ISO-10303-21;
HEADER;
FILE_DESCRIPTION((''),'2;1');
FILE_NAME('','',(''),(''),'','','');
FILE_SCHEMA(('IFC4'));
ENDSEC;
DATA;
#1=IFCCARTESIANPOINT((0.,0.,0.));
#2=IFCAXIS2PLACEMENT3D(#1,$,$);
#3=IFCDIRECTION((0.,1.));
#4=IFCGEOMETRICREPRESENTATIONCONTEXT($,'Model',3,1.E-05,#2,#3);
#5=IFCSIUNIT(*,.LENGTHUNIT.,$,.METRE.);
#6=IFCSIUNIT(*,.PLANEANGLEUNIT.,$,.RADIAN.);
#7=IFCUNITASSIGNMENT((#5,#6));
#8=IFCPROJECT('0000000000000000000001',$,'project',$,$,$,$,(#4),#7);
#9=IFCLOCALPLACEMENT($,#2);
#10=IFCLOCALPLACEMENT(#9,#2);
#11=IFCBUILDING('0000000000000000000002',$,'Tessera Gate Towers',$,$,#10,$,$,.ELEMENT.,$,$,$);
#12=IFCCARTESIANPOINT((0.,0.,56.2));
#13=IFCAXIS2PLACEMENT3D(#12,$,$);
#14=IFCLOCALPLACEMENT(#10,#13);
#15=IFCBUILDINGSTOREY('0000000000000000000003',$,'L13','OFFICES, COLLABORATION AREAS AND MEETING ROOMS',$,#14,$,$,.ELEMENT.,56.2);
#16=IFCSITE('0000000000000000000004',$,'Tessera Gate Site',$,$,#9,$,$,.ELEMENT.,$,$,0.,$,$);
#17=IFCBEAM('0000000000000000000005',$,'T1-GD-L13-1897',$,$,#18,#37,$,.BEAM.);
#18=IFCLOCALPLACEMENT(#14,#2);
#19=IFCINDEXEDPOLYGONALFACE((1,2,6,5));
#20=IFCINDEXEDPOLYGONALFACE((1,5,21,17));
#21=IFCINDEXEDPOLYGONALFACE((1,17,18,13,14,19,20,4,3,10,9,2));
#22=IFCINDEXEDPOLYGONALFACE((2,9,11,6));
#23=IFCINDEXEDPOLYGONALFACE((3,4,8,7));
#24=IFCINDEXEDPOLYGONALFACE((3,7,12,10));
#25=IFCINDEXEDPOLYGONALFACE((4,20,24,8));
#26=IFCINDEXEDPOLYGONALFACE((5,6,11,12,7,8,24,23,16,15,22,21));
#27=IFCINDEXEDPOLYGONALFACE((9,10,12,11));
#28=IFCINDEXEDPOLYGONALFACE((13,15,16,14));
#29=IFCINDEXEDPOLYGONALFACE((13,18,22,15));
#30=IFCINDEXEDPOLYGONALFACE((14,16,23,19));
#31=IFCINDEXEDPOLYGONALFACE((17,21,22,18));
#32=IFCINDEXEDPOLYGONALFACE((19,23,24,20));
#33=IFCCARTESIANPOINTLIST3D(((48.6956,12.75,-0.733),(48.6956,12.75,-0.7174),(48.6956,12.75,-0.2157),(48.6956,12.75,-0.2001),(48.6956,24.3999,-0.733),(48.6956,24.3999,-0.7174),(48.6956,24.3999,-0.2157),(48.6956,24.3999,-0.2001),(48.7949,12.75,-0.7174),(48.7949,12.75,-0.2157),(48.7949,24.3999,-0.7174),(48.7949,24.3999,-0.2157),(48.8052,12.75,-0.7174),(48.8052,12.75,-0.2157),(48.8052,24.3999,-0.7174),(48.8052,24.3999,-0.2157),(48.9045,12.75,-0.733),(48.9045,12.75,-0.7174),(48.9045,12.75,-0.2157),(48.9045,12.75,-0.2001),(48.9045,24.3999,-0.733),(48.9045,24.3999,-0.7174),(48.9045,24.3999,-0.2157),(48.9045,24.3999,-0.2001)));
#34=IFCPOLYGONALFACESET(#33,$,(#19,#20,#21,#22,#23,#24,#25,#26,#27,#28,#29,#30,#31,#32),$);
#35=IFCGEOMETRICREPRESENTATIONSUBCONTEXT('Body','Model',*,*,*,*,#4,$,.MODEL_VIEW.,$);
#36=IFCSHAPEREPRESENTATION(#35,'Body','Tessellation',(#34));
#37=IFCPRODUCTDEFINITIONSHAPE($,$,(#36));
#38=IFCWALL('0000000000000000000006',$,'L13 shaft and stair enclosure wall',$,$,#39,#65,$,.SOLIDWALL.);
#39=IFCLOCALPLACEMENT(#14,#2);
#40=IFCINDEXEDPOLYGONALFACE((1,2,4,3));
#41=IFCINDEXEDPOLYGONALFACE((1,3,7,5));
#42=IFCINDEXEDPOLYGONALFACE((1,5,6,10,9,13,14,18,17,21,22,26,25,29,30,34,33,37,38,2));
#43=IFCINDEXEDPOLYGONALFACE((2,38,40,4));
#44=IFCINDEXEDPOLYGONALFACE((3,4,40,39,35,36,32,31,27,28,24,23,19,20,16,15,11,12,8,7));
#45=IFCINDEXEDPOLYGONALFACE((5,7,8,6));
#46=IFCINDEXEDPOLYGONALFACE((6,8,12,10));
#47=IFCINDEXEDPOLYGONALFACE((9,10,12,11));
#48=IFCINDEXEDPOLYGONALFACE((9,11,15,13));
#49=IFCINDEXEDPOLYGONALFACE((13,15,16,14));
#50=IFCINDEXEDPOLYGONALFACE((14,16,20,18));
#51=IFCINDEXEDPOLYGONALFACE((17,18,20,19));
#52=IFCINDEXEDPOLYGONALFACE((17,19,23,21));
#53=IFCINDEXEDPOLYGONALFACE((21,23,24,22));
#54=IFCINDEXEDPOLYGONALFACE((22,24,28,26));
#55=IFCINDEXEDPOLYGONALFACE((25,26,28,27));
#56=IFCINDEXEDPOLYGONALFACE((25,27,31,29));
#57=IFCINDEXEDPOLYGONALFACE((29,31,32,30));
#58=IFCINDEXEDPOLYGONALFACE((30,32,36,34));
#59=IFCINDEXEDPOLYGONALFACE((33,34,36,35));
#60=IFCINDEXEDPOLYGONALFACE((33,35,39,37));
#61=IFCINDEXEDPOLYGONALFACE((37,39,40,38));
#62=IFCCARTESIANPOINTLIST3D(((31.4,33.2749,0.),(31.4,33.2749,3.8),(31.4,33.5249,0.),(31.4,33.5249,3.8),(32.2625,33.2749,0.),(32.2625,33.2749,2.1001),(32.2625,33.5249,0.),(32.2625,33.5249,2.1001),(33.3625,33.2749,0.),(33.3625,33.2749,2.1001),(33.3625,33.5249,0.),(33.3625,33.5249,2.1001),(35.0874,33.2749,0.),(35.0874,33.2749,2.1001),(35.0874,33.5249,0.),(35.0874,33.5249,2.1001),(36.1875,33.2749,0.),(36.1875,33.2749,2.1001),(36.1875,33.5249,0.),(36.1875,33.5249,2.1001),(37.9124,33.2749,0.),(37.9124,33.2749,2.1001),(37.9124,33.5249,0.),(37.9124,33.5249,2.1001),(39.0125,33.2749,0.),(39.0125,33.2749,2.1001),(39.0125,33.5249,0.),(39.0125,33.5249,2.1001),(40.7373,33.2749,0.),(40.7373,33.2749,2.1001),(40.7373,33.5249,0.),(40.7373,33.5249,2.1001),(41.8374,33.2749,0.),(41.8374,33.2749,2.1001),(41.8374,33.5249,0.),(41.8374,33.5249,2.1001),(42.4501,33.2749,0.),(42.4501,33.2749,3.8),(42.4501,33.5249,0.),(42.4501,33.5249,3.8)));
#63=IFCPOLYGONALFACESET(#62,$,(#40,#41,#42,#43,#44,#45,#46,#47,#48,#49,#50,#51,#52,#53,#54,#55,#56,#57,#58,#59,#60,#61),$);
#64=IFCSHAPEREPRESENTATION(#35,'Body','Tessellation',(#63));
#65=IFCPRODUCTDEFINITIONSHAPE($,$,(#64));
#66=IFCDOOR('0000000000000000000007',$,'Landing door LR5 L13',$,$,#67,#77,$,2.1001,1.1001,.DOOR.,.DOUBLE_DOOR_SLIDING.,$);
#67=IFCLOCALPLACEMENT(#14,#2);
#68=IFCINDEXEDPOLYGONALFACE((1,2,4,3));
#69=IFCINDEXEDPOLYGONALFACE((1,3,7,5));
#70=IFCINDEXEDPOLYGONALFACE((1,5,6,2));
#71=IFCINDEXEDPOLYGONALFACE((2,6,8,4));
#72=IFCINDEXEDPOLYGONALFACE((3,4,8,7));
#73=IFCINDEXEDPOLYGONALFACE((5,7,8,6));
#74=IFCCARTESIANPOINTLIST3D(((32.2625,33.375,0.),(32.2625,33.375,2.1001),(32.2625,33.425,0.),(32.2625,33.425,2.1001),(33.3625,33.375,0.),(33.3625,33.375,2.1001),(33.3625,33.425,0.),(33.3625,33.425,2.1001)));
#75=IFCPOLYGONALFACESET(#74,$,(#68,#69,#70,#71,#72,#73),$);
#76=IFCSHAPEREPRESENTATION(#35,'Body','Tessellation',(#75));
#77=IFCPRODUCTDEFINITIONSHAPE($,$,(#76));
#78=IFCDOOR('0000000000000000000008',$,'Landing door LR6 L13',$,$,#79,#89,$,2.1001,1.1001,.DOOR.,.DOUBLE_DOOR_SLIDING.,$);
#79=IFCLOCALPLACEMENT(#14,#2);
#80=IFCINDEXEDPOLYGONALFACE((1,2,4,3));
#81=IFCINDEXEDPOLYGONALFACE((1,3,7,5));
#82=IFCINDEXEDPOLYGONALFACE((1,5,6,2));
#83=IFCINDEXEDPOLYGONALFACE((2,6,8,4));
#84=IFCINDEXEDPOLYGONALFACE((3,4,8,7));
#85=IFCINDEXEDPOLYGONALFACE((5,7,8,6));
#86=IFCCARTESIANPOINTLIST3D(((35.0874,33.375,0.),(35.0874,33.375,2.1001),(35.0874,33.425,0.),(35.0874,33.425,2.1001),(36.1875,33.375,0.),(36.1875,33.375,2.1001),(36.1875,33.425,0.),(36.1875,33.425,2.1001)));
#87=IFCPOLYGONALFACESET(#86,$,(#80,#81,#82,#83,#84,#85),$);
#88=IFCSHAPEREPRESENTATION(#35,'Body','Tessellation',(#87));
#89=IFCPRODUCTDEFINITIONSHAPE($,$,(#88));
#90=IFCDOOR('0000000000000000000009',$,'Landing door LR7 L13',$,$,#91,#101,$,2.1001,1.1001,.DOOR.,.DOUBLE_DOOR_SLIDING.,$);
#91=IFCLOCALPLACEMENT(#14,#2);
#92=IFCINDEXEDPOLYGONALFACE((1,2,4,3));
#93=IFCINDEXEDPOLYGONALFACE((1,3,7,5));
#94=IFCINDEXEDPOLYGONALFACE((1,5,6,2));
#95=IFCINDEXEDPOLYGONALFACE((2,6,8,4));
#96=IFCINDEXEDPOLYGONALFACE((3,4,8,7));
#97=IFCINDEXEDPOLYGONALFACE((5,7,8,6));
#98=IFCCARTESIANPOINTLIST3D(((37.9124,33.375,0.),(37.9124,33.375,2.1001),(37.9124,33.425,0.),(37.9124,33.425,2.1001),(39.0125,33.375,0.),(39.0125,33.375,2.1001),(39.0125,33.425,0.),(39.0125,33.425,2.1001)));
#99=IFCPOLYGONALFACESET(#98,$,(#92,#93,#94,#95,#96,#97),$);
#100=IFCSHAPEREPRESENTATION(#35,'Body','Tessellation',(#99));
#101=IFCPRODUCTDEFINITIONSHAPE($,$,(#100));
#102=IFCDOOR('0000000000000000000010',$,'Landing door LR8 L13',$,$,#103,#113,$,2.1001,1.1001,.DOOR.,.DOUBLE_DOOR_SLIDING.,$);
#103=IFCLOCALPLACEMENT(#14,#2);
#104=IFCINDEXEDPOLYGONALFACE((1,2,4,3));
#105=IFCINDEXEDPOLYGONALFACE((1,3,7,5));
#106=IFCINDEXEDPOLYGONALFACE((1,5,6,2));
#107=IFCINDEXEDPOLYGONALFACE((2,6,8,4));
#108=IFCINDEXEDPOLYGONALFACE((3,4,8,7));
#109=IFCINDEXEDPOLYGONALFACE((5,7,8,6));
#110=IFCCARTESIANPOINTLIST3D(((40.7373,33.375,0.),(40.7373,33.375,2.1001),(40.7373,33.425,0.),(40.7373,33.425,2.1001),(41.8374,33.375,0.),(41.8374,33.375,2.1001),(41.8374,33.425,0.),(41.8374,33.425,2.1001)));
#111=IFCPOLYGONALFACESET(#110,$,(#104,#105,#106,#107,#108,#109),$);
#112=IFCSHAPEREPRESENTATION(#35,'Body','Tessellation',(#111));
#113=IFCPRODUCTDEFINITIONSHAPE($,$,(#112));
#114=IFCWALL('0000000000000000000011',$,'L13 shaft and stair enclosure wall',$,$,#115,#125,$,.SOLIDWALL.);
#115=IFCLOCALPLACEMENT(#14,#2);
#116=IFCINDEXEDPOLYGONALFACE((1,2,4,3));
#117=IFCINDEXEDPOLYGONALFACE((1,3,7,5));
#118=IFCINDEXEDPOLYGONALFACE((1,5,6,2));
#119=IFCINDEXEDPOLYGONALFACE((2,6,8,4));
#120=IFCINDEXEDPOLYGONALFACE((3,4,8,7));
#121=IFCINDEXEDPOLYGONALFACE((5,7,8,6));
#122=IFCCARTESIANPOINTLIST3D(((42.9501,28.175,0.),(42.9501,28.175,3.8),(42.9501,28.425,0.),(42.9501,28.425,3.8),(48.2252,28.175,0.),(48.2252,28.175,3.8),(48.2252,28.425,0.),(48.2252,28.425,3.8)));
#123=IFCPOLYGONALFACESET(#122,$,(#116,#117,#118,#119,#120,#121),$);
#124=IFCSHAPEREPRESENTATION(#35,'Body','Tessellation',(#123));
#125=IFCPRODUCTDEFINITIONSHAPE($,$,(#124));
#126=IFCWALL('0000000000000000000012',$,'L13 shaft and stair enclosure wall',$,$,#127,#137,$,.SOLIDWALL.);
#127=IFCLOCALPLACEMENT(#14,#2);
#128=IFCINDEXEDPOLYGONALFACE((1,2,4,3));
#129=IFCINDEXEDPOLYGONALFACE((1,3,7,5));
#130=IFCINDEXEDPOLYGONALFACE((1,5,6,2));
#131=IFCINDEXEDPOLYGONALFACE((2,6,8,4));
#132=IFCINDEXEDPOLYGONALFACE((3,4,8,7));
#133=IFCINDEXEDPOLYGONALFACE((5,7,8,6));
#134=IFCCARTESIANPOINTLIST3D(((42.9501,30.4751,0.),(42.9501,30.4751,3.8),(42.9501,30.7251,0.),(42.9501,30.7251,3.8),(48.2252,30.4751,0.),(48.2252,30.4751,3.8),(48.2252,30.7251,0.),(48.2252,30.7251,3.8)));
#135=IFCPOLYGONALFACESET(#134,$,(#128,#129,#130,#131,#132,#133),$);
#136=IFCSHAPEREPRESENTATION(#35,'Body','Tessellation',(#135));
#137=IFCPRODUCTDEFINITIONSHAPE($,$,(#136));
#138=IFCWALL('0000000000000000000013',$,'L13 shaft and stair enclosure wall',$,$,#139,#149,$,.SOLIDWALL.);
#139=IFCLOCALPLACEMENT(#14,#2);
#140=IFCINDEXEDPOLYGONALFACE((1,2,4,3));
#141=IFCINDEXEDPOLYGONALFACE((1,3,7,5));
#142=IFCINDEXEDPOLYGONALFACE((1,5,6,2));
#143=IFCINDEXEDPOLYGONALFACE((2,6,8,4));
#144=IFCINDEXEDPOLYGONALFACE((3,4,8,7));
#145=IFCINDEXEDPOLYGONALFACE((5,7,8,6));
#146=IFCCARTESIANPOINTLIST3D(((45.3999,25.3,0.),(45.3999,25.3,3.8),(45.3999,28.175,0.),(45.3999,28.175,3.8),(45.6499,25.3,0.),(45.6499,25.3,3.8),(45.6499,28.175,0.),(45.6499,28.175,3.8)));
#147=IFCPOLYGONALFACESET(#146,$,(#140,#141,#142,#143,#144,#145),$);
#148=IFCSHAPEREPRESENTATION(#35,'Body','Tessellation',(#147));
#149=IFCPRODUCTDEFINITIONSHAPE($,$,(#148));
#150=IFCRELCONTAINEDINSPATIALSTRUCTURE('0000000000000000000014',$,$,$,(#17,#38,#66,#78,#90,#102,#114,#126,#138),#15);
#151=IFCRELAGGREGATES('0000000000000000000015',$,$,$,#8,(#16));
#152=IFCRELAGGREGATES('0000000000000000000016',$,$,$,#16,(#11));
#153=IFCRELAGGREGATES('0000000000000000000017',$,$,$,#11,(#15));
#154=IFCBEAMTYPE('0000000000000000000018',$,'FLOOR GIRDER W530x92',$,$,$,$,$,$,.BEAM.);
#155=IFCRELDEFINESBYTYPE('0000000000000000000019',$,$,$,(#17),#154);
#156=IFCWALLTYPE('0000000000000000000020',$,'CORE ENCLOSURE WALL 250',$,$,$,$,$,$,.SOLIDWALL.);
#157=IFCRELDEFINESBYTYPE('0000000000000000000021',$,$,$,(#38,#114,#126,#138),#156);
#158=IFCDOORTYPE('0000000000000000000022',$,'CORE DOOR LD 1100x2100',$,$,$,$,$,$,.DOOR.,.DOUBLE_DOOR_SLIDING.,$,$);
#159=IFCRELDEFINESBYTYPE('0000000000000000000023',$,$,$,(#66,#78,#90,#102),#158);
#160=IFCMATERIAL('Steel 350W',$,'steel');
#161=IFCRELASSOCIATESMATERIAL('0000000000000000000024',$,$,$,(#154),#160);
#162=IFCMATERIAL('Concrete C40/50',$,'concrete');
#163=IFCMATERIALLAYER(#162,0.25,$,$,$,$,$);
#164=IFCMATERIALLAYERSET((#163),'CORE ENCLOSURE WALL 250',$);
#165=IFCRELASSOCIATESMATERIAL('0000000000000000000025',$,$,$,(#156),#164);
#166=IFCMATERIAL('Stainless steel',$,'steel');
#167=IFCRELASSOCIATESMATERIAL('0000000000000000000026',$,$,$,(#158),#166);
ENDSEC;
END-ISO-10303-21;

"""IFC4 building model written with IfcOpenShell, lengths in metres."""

from ifc_helpers import new_model, si_unit, direction, frame, frame_2d, origin, origin_2d, place, context, subcontext, project, spatial, rectangle, i_section, extrude, source, transform, mapped, material, layer, layer_set, material_profile, profile_set, type_object, element, fill, save


model = new_model("IFC4")

# Units and contexts
model_context = context("Model", 3, precision=1e-05, world=origin(), true_north=direction((0.0, 1.0)))
body_context = subcontext(model_context, "Body", "Model", "MODEL_VIEW")
ifc_project = project(units=[si_unit("LENGTHUNIT", "METRE"), si_unit("PLANEANGLEUNIT", "RADIAN")], contexts=[model_context])

# Site, building, storey
site_placement = place(None, origin())
site = spatial("IfcSite", under=ifc_project, at=site_placement, Name="Tessera Gate Site", CompositionType="ELEMENT", RefElevation=0.0)
building_placement = place(site_placement, origin())
building = spatial("IfcBuilding", under=site, at=building_placement, Name="Tessera Gate Towers", CompositionType="ELEMENT")
storey_placement = place(building_placement, frame((0.0, 0.0, 56.2)))
storey = spatial("IfcBuildingStorey", under=building, at=storey_placement, Name="L13", Description="OFFICES, COLLABORATION AREAS AND MEETING ROOMS", CompositionType="ELEMENT", Elevation=56.2)

# Beam
ifc_material_1 = material(Name="Steel 350W", Category="steel")
ifc_material_profile = material_profile(ifc_material_1, i_section(OverallWidth=0.209, OverallDepth=0.533, WebThickness=0.0103, FlangeThickness=0.0156, at=origin_2d()), Name="W530x92")
ifc_profile_set = profile_set([ifc_material_profile], Name="Steel 350W")
beam_type = type_object("IfcBeamType", Name="FLOOR GIRDER W530x92", PredefinedType="BEAM", material=ifc_profile_set)
beam_placement = place(storey_placement, frame((48.8, 12.75, -0.4666), z_axis=(0.0, 1.0, 0.0), x_axis=(-1.0, 0.0, 0.0)))
element("IfcBeam", 1, at=beam_placement, inside=storey, type_object=beam_type, Name="T1-GD-L13-1897", PredefinedType="BEAM", context=body_context, shape_type="SweptSolid", body=[
    extrude(i_section(OverallWidth=0.209, OverallDepth=0.533, WebThickness=0.0103, FlangeThickness=0.0156, at=origin_2d()), origin(), (0.0, 0.0, 1.0), 11.6499),
])

# Wall, openings, doors
ifc_material_2 = material(Name="Concrete C40/50", Category="concrete")
ifc_layer_1 = layer(ifc_material_2, 0.25)
ifc_layer_set_1 = layer_set([ifc_layer_1], Name="CORE ENCLOSURE WALL 250")
wall_type_1 = type_object("IfcWallType", Name="CORE ENCLOSURE WALL 250", PredefinedType="SOLIDWALL", material=ifc_layer_set_1)
wall_1_placement = place(storey_placement, frame((42.45, 33.3999, 0.0), z_axis=(0.0, 0.0, 1.0), x_axis=(-1.0, 0.0, 0.0)))
wall_1 = element("IfcWall", 2, at=wall_1_placement, inside=storey, type_object=wall_type_1, Name="L13 shaft and stair enclosure wall", PredefinedType="SOLIDWALL", context=body_context, shape_type="SweptSolid", body=[
    extrude(rectangle(XDim=11.05, YDim=0.25, at=frame_2d((5.5249, 0.0))), origin(), (0.0, 0.0, 1.0), 3.8),
])
shared_shape_1 = source(origin(), body_context, "Body", "SweptSolid", [
    extrude(rectangle(XDim=1.1001, YDim=2.1001, at=frame_2d((0.55, 1.05))), frame((0.0, 0.135, 0.0), z_axis=(0.0, -1.0, 0.0), x_axis=(1.0, 0.0, 0.0)), (0.0, 0.0, 1.0), 0.27),
])
opening_1_placement = place(wall_1_placement, frame((9.0874, 0.0, 0.0)))
opening_1 = element("IfcOpeningElement", 3, at=opening_1_placement, cuts=wall_1, PredefinedType="OPENING", context=body_context, shape_type="MappedRepresentation", body=[
    mapped(shared_shape_1, transform((0.0, 0.0, 0.0), scale=1.0)),
])
opening_2_placement = place(wall_1_placement, frame((6.2625, 0.0, 0.0)))
opening_2 = element("IfcOpeningElement", 4, at=opening_2_placement, cuts=wall_1, PredefinedType="OPENING", context=body_context, shape_type="MappedRepresentation", body=[
    mapped(shared_shape_1, transform((0.0, 0.0, 0.0), scale=1.0)),
])
opening_3_placement = place(wall_1_placement, frame((3.4375, 0.0, 0.0)))
opening_3 = element("IfcOpeningElement", 5, at=opening_3_placement, cuts=wall_1, PredefinedType="OPENING", context=body_context, shape_type="MappedRepresentation", body=[
    mapped(shared_shape_1, transform((0.0, 0.0, 0.0), scale=1.0)),
])
opening_4_placement = place(wall_1_placement, frame((0.6125, 0.0, 0.0)))
opening_4 = element("IfcOpeningElement", 6, at=opening_4_placement, cuts=wall_1, PredefinedType="OPENING", context=body_context, shape_type="MappedRepresentation", body=[
    mapped(shared_shape_1, transform((0.0, 0.0, 0.0), scale=1.0)),
])
ifc_material_3 = material(Name="Stainless steel", Category="steel")
door_type_1 = type_object("IfcDoorType", Name="CORE DOOR LD 1100x2100", OperationType="DOUBLE_DOOR_SLIDING", PredefinedType="DOOR", material=ifc_material_3)
shared_shape_2 = source(origin(), body_context, "Body", "SweptSolid", [
    extrude(rectangle(XDim=1.1001, YDim=2.1001, at=frame_2d((0.55, 1.05))), frame((0.0, 0.0249, 0.0), z_axis=(0.0, -1.0, 0.0), x_axis=(1.0, 0.0, 0.0)), (0.0, 0.0, 1.0), 0.05),
])
door_1_placement = place(opening_1_placement, origin())
door_1 = element("IfcDoor", 7, at=door_1_placement, inside=storey, type_object=door_type_1, Name="Landing door LR5 L13", OperationType="DOUBLE_DOOR_SLIDING", OverallHeight=2.1001, OverallWidth=1.1001, PredefinedType="DOOR", context=body_context, shape_type="MappedRepresentation", body=[
    mapped(shared_shape_2, transform((0.0, 0.0, 0.0), scale=1.0)),
])
fill(opening_1, door_1)
door_2_placement = place(opening_2_placement, origin())
door_2 = element("IfcDoor", 8, at=door_2_placement, inside=storey, type_object=door_type_1, Name="Landing door LR6 L13", OperationType="DOUBLE_DOOR_SLIDING", OverallHeight=2.1001, OverallWidth=1.1001, PredefinedType="DOOR", context=body_context, shape_type="MappedRepresentation", body=[
    mapped(shared_shape_2, transform((0.0, 0.0, 0.0), scale=1.0)),
])
fill(opening_2, door_2)
door_3_placement = place(opening_3_placement, origin())
door_3 = element("IfcDoor", 9, at=door_3_placement, inside=storey, type_object=door_type_1, Name="Landing door LR7 L13", OperationType="DOUBLE_DOOR_SLIDING", OverallHeight=2.1001, OverallWidth=1.1001, PredefinedType="DOOR", context=body_context, shape_type="MappedRepresentation", body=[
    mapped(shared_shape_2, transform((0.0, 0.0, 0.0), scale=1.0)),
])
fill(opening_3, door_3)
door_4_placement = place(opening_4_placement, origin())
door_4 = element("IfcDoor", 10, at=door_4_placement, inside=storey, type_object=door_type_1, Name="Landing door LR8 L13", OperationType="DOUBLE_DOOR_SLIDING", OverallHeight=2.1001, OverallWidth=1.1001, PredefinedType="DOOR", context=body_context, shape_type="MappedRepresentation", body=[
    mapped(shared_shape_2, transform((0.0, 0.0, 0.0), scale=1.0)),
])
fill(opening_4, door_4)

# Walls
for number, where, z_axis, x_axis, name in (
    (11, (42.95, 28.3, 0.0), (0.0, 0.0, 1.0), (1.0, 0.0, 0.0), "L13 shaft and stair enclosure wall"),
    (12, (42.95, 30.6001, 0.0), (0.0, 0.0, 1.0), (1.0, 0.0, 0.0), "L13 shaft and stair enclosure wall"),
):
    element("IfcWall", number, at=place(storey_placement, frame(where, z_axis=z_axis, x_axis=x_axis)), inside=storey, type_object=wall_type_1, Name=name, PredefinedType="SOLIDWALL", context=body_context, shape_type="SweptSolid", body=[
        extrude(rectangle(XDim=5.2751, YDim=0.25, at=frame_2d((2.6377, 0.0))), origin(), (0.0, 0.0, 1.0), 3.8),
    ])
wall_2_placement = place(storey_placement, frame((45.5249, 25.3, 0.0), z_axis=(0.0, 0.0, 1.0), x_axis=(0.0, 1.0, 0.0)))
element("IfcWall", 13, at=wall_2_placement, inside=storey, type_object=wall_type_1, Name="L13 shaft and stair enclosure wall", PredefinedType="SOLIDWALL", context=body_context, shape_type="SweptSolid", body=[
    extrude(rectangle(XDim=2.875, YDim=0.25, at=frame_2d((1.4375, 0.0))), origin(), (0.0, 0.0, 1.0), 3.8),
])

save(model, "model.ifc")
